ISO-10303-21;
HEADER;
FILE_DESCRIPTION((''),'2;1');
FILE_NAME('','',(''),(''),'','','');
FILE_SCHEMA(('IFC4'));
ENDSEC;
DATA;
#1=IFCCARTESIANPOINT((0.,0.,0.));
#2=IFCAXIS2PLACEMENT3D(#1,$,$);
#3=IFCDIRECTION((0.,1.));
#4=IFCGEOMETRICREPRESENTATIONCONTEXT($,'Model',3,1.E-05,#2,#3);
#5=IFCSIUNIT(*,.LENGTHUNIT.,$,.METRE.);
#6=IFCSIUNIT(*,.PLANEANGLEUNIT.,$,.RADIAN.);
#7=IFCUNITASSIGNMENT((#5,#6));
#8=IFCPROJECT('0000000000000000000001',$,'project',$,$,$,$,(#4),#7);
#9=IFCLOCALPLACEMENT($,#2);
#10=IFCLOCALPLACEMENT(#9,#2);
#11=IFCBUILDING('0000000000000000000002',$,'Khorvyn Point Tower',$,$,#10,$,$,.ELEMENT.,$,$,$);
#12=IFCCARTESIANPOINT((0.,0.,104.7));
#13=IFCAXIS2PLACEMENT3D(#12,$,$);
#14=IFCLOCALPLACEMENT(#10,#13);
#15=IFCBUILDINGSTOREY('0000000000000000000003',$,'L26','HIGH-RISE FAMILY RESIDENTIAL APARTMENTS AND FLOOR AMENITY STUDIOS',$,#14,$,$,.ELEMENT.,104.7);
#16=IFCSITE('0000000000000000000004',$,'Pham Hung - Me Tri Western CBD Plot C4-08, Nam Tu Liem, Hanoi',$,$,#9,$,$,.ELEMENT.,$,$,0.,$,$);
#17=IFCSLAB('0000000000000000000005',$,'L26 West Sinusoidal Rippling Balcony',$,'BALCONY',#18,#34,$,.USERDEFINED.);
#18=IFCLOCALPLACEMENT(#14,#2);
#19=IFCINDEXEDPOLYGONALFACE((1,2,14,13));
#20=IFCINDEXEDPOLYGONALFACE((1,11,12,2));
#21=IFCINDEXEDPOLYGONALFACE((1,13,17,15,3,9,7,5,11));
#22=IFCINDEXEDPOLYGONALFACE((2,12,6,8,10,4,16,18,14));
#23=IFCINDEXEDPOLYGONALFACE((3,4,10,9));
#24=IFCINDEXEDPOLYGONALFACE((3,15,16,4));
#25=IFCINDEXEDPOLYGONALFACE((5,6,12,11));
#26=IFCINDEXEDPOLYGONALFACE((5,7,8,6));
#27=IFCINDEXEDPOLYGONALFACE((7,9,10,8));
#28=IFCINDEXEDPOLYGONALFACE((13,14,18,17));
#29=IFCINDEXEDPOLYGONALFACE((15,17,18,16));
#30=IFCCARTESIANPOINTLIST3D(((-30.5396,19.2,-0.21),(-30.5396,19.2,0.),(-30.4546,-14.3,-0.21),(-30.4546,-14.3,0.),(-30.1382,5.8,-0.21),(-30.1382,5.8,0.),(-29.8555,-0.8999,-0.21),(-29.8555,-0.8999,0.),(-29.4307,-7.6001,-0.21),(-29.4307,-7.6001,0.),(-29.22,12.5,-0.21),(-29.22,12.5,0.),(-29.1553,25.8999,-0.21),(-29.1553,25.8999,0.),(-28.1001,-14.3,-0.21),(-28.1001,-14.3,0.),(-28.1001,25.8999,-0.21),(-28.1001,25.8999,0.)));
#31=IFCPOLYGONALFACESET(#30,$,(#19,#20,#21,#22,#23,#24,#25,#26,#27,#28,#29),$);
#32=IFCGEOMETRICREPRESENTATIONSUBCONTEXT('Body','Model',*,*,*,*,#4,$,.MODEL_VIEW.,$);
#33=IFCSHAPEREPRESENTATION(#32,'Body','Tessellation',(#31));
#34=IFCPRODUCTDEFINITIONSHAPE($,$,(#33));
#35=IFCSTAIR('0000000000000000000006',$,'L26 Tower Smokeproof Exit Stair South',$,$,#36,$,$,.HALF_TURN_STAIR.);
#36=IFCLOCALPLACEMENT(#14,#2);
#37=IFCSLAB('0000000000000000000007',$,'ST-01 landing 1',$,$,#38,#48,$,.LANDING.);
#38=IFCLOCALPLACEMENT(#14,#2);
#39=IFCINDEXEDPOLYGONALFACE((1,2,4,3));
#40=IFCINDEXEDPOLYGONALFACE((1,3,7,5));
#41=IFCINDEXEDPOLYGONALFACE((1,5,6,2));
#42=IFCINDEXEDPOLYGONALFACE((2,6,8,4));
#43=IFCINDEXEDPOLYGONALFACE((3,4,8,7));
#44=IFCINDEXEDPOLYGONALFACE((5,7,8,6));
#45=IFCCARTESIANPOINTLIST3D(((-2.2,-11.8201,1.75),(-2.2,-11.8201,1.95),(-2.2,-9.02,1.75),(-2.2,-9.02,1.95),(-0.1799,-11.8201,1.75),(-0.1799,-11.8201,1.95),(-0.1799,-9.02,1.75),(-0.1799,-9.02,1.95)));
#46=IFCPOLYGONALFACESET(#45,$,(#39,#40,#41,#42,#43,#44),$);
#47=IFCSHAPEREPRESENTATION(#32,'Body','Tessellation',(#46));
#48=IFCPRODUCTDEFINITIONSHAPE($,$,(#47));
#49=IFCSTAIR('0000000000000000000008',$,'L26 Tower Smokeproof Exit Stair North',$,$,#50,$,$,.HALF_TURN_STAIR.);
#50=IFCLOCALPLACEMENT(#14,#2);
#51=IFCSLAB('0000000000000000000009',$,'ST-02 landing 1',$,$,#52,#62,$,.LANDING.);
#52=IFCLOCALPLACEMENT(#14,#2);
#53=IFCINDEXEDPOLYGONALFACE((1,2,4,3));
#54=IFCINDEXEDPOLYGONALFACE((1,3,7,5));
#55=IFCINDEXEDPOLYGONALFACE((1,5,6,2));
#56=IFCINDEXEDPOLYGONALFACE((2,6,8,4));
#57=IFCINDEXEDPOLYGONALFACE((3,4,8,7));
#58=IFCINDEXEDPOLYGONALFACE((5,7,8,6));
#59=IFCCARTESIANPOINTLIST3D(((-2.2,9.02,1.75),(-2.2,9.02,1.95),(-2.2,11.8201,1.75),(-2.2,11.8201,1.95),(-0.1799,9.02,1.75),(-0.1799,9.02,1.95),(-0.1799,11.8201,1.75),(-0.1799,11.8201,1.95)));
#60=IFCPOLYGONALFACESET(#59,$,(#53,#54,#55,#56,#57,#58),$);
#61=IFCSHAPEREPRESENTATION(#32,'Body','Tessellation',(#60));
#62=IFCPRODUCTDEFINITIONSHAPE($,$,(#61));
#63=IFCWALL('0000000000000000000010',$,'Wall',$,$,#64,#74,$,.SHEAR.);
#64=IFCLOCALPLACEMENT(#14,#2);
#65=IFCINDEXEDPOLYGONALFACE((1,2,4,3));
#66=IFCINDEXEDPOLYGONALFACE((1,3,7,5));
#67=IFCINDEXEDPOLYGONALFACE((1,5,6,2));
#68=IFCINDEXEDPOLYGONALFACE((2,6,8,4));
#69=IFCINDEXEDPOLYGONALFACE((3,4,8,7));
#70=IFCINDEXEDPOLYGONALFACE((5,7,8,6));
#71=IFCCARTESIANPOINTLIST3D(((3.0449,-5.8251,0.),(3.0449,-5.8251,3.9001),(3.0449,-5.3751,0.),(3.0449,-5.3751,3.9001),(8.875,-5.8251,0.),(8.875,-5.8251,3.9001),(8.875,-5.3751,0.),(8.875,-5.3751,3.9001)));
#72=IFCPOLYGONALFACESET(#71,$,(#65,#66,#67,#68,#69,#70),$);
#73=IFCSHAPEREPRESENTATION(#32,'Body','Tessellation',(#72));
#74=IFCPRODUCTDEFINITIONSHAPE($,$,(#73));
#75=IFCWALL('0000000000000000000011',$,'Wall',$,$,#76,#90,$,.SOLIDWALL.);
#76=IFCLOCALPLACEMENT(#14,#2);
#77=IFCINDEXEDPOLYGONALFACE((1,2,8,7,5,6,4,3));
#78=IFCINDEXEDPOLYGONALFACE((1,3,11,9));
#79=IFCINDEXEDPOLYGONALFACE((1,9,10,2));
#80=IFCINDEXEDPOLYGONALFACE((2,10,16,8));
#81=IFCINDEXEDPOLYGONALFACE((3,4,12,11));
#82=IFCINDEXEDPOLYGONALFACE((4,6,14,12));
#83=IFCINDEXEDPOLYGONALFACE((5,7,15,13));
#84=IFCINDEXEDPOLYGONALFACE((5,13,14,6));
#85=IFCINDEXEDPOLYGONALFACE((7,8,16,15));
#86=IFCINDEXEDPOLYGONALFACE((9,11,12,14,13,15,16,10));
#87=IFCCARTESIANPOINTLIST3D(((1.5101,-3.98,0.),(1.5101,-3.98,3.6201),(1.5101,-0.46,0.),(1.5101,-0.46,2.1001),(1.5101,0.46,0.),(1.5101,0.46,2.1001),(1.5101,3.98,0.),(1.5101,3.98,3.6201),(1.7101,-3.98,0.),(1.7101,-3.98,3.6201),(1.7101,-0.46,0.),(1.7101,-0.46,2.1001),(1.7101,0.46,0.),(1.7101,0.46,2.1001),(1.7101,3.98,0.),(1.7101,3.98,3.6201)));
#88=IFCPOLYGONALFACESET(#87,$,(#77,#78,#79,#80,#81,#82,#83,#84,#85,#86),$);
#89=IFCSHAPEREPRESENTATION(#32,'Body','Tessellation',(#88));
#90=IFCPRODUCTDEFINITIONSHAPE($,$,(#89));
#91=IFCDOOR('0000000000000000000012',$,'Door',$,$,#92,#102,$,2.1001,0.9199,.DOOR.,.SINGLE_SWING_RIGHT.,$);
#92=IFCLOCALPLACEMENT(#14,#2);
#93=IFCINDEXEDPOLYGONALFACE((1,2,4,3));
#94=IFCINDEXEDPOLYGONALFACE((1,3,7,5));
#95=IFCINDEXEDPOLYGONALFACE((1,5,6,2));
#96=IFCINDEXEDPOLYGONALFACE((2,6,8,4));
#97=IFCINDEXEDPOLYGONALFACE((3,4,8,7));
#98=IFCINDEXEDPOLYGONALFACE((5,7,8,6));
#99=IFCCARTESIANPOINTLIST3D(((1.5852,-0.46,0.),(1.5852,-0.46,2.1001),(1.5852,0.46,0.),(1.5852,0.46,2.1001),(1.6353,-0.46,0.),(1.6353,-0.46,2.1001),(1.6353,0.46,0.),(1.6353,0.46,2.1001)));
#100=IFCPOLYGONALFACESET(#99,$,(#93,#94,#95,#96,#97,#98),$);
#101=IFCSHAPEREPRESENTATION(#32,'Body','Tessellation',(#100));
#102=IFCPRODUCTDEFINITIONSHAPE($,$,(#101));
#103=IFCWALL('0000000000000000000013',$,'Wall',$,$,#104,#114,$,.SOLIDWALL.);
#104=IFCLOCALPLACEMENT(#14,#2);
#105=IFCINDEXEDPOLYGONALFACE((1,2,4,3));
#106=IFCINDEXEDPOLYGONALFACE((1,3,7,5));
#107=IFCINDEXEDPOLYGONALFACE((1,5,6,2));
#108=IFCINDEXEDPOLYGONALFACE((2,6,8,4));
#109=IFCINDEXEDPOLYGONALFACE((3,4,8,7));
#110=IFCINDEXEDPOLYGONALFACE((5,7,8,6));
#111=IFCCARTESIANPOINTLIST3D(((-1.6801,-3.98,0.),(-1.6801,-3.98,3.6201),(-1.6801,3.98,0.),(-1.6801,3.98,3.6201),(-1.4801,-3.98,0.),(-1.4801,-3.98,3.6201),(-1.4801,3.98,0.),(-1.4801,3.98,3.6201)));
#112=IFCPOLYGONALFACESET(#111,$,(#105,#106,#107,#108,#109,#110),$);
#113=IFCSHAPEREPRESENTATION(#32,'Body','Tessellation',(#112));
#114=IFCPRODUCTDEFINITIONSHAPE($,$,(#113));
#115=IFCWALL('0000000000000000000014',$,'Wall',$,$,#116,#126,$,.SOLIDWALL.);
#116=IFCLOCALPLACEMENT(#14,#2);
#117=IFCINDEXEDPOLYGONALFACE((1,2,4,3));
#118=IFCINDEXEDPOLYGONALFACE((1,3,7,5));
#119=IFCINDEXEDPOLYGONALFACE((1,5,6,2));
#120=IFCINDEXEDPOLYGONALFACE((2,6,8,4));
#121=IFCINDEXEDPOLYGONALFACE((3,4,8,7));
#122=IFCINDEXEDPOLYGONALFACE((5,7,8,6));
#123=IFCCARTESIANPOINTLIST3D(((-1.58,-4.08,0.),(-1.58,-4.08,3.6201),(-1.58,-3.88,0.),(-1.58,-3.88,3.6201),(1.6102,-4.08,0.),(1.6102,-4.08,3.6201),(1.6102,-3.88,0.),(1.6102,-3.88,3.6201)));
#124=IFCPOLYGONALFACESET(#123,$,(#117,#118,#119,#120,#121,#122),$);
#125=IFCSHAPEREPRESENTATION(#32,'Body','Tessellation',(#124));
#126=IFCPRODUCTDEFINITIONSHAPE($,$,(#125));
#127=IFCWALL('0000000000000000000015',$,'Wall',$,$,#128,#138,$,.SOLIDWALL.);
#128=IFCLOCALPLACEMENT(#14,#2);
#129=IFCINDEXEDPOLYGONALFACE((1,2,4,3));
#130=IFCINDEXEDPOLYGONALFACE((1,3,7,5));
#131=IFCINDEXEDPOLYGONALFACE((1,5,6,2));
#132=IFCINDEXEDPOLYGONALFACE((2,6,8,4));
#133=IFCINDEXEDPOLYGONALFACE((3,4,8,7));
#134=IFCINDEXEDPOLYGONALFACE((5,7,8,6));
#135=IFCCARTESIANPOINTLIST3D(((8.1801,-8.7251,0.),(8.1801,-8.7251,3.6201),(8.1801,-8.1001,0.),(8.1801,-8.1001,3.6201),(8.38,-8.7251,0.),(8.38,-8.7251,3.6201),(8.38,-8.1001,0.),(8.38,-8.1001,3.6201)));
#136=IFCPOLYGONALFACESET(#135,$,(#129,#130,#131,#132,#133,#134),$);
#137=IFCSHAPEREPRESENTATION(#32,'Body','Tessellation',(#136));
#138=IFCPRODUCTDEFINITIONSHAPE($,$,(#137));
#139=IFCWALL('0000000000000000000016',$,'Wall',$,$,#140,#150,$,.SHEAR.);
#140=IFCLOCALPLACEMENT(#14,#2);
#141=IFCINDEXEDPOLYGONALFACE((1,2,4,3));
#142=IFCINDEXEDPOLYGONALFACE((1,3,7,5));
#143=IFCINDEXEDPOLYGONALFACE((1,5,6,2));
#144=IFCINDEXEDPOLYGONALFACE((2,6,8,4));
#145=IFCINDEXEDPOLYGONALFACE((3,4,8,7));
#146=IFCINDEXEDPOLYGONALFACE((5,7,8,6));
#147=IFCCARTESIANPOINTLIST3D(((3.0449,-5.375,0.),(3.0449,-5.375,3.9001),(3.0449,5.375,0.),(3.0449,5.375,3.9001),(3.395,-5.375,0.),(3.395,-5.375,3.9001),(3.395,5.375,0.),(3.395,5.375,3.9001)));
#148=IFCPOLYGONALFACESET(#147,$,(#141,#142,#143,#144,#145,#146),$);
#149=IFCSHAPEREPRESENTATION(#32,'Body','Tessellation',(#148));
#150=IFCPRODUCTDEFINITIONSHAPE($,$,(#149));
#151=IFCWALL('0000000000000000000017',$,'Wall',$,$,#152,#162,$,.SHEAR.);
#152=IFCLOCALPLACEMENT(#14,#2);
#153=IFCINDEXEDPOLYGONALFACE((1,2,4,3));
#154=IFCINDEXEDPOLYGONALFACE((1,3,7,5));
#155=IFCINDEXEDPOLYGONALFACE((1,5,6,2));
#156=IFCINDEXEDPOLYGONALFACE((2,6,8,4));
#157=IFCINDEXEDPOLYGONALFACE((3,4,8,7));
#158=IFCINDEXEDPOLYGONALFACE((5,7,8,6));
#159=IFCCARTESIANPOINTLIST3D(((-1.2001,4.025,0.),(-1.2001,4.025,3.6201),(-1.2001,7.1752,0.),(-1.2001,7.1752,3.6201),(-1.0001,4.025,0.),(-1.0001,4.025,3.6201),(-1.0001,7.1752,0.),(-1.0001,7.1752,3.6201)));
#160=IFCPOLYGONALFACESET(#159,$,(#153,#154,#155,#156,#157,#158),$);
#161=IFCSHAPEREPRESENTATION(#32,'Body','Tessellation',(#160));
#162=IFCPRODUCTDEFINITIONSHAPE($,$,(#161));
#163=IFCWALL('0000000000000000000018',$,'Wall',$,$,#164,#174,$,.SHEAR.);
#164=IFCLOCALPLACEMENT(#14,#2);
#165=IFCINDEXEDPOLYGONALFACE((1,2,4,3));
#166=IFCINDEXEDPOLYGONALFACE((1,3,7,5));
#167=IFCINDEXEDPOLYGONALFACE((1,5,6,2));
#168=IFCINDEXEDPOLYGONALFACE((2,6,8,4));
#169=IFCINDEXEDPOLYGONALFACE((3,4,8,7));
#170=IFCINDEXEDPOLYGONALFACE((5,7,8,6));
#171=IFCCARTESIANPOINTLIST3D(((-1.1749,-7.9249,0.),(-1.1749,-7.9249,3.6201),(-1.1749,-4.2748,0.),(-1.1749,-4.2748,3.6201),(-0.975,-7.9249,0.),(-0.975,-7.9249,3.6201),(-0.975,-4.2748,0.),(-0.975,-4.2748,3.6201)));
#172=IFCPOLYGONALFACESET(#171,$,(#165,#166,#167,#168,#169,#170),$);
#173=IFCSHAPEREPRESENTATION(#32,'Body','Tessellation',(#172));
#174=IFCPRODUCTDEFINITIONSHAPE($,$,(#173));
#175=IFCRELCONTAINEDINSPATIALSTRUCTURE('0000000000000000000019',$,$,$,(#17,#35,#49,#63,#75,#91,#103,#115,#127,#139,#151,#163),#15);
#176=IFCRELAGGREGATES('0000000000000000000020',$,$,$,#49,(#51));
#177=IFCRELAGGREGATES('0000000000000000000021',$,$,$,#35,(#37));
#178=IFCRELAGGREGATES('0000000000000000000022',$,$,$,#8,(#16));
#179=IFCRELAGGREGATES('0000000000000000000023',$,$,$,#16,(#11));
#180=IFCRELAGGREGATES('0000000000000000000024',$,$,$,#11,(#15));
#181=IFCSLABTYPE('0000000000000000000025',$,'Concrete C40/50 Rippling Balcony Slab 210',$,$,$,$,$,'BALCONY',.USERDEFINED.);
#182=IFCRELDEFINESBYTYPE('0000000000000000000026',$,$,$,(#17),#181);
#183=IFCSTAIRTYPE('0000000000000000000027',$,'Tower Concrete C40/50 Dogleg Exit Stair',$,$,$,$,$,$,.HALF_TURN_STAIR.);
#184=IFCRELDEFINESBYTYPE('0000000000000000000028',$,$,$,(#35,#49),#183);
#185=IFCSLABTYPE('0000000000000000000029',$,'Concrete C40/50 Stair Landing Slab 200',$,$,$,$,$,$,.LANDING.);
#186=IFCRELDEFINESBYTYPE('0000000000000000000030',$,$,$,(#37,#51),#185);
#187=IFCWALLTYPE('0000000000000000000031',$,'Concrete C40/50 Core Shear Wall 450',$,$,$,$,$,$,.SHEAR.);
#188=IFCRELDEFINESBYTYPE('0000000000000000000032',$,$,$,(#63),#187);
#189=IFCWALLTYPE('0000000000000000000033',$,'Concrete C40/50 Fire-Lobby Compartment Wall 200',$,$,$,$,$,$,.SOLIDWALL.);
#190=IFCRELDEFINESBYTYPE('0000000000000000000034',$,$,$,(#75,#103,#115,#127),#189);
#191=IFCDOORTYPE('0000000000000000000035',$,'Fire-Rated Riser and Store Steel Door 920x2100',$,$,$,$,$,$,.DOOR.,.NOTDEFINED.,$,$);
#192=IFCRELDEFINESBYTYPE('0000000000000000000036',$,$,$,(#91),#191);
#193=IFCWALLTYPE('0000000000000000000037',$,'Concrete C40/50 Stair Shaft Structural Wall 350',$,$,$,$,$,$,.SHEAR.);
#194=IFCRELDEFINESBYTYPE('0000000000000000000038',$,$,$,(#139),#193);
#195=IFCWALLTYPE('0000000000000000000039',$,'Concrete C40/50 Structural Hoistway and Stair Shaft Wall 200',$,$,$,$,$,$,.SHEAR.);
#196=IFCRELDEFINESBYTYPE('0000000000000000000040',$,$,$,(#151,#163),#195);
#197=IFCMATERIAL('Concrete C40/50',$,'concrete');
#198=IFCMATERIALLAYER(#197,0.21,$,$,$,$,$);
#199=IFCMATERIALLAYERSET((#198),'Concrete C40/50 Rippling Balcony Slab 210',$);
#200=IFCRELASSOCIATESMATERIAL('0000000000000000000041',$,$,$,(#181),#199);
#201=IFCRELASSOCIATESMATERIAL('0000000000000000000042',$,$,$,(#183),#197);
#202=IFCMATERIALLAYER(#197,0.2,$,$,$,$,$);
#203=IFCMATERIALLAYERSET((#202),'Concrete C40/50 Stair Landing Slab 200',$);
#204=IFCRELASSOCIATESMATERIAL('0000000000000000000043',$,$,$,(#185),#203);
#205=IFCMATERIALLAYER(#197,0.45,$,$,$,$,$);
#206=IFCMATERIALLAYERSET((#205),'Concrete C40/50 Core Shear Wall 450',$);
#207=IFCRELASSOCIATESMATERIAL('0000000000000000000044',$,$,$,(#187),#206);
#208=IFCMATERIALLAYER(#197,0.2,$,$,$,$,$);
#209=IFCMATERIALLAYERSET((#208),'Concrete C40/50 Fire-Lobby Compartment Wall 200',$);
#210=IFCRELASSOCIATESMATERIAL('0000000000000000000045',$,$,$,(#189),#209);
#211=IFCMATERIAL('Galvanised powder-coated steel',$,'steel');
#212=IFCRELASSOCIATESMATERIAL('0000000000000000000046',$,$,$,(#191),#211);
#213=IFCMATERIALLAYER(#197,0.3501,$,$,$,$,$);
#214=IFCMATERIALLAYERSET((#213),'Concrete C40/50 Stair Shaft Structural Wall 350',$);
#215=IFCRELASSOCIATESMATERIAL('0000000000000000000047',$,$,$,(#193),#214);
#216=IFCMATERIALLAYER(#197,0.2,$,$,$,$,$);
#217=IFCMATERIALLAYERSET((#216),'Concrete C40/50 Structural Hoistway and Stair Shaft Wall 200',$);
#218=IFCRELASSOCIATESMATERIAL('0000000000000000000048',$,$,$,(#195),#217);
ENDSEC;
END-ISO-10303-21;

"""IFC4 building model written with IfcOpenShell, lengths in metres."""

from ifc_helpers import new_model, si_unit, direction, frame, frame_2d, origin, place, context, subcontext, project, spatial, polyline, rectangle, outline, extrude, material, layer, layer_set, type_object, element, fill, aggregate, save


model = new_model("IFC4")

# Units and contexts
model_context = context("Model", 3, precision=1e-05, world=origin(), true_north=direction((0.0, 1.0)))
body_context = subcontext(model_context, "Body", "Model", "MODEL_VIEW")
ifc_project = project(units=[si_unit("LENGTHUNIT", "METRE"), si_unit("PLANEANGLEUNIT", "RADIAN")], contexts=[model_context])

# Site, building, storey
site_placement = place(None, origin())
site = spatial("IfcSite", under=ifc_project, at=site_placement, Name="Pham Hung - Me Tri Western CBD Plot C4-08, Nam Tu Liem, Hanoi", CompositionType="ELEMENT", RefElevation=0.0)
building_placement = place(site_placement, origin())
building = spatial("IfcBuilding", under=site, at=building_placement, Name="Khorvyn Point Tower", CompositionType="ELEMENT")
storey_placement = place(building_placement, frame((0.0, 0.0, 104.7)))
storey = spatial("IfcBuildingStorey", under=building, at=storey_placement, Name="L26", Description="HIGH-RISE FAMILY RESIDENTIAL APARTMENTS AND FLOOR AMENITY STUDIOS", CompositionType="ELEMENT", Elevation=104.7)

# Shared definitions
ifc_material_1 = material(Name="Concrete C40/50", Category="concrete")

# Slab
ifc_layer_1 = layer(ifc_material_1, 0.21)
ifc_layer_set_1 = layer_set([ifc_layer_1], Name="Concrete C40/50 Rippling Balcony Slab 210")
slab_type_1 = type_object("IfcSlabType", Name="Concrete C40/50 Rippling Balcony Slab 210", ElementType="BALCONY", PredefinedType="USERDEFINED", material=ifc_layer_set_1)
slab_1_placement = place(storey_placement, frame((0.0, 0.0, -0.21)))
element("IfcSlab", 1, at=slab_1_placement, inside=storey, type_object=slab_type_1, Name="L26 West Sinusoidal Rippling Balcony", ObjectType="BALCONY", PredefinedType="USERDEFINED", context=body_context, shape_type="SweptSolid", body=[
    extrude(outline(polyline([(-28.1001, 25.8999), (-29.1553, 25.8999), (-30.5396, 19.2), (-29.22, 12.5), (-30.1382, 5.8), (-29.8555, -0.8999), (-29.4307, -7.6001), (-30.4546, -14.3), (-28.1001, -14.3), (-28.1001, 25.8999)])), origin(), (0.0, 0.0, 1.0), 0.21),
])

# Stairs, slabs
stair_type = type_object("IfcStairType", Name="Tower Concrete C40/50 Dogleg Exit Stair", PredefinedType="HALF_TURN_STAIR", material=ifc_material_1)
stair_1_placement = place(storey_placement, origin())
stair_1 = element("IfcStair", 2, at=stair_1_placement, inside=storey, type_object=stair_type, Name="L26 Tower Smokeproof Exit Stair South", PredefinedType="HALF_TURN_STAIR")
ifc_layer_2 = layer(ifc_material_1, 0.2)
ifc_layer_set_2 = layer_set([ifc_layer_2], Name="Concrete C40/50 Stair Landing Slab 200")
slab_type_2 = type_object("IfcSlabType", Name="Concrete C40/50 Stair Landing Slab 200", PredefinedType="LANDING", material=ifc_layer_set_2)
slab_2_placement = place(storey_placement, frame((0.0, 0.0, 1.75)))
slab_2 = element("IfcSlab", 3, at=slab_2_placement, type_object=slab_type_2, Name="ST-01 landing 1", PredefinedType="LANDING", context=body_context, shape_type="SweptSolid", body=[
    extrude(outline(polyline([(-0.1799, -9.02), (-2.2, -9.02), (-2.2, -11.8201), (-0.1799, -11.8201), (-0.1799, -9.02)])), origin(), (0.0, 0.0, 1.0), 0.2),
])
stair_2_placement = place(storey_placement, origin())
stair_2 = element("IfcStair", 4, at=stair_2_placement, inside=storey, type_object=stair_type, Name="L26 Tower Smokeproof Exit Stair North", PredefinedType="HALF_TURN_STAIR")
slab_3_placement = place(storey_placement, frame((0.0, 0.0, 1.75)))
slab_3 = element("IfcSlab", 5, at=slab_3_placement, type_object=slab_type_2, Name="ST-02 landing 1", PredefinedType="LANDING", context=body_context, shape_type="SweptSolid", body=[
    extrude(outline(polyline([(-0.1799, 11.8201), (-2.2, 11.8201), (-2.2, 9.02), (-0.1799, 9.02), (-0.1799, 11.8201)])), origin(), (0.0, 0.0, 1.0), 0.2),
])
aggregate(stair_2, [slab_3])

# Wall
ifc_layer_3 = layer(ifc_material_1, 0.45)
ifc_layer_set_3 = layer_set([ifc_layer_3], Name="Concrete C40/50 Core Shear Wall 450")
wall_type_1 = type_object("IfcWallType", Name="Concrete C40/50 Core Shear Wall 450", PredefinedType="SHEAR", material=ifc_layer_set_3)
wall_1_placement = place(storey_placement, frame((3.0449, -5.6001, 0.0), z_axis=(0.0, 0.0, 1.0), x_axis=(1.0, 0.0, 0.0)))
element("IfcWall", 6, at=wall_1_placement, inside=storey, type_object=wall_type_1, Name="Wall", PredefinedType="SHEAR", context=body_context, shape_type="SweptSolid", body=[
    extrude(rectangle(XDim=5.8301, YDim=0.45, at=frame_2d((2.915, 0.0))), origin(), (0.0, 0.0, 1.0), 3.9001),
])

# Wall, opening, door
ifc_layer_4 = layer(ifc_material_1, 0.2)
ifc_layer_set_4 = layer_set([ifc_layer_4], Name="Concrete C40/50 Fire-Lobby Compartment Wall 200")
wall_type_2 = type_object("IfcWallType", Name="Concrete C40/50 Fire-Lobby Compartment Wall 200", PredefinedType="SOLIDWALL", material=ifc_layer_set_4)
ifc_material_2 = material(Name="Galvanised powder-coated steel", Category="steel")
wall_2_placement = place(storey_placement, frame((1.6101, -3.98, 0.0), z_axis=(0.0, 0.0, 1.0), x_axis=(0.0, 1.0, 0.0)))
wall_2 = element("IfcWall", 7, at=wall_2_placement, inside=storey, type_object=wall_type_2, Name="Wall", PredefinedType="SOLIDWALL", context=body_context, shape_type="SweptSolid", body=[
    extrude(rectangle(XDim=7.96, YDim=0.2, at=frame_2d((3.98, 0.0))), origin(), (0.0, 0.0, 1.0), 3.6201),
])
opening_1_placement = place(wall_2_placement, frame((3.52, 0.0, 0.0)))
opening_1 = element("IfcOpeningElement", 8, at=opening_1_placement, cuts=wall_2, PredefinedType="OPENING", context=body_context, shape_type="SweptSolid", body=[
    extrude(rectangle(XDim=0.9199, YDim=2.1001, at=frame_2d((0.46, 1.05))), frame((0.0, 0.1099, 0.0), z_axis=(0.0, -1.0, 0.0), x_axis=(1.0, 0.0, 0.0)), (0.0, 0.0, 1.0), 0.22),
])
door_type_1 = type_object("IfcDoorType", Name="Fire-Rated Riser and Store Steel Door 920x2100", OperationType="NOTDEFINED", PredefinedType="DOOR", material=ifc_material_2)
door_1_placement = place(opening_1_placement, origin())
door_1 = element("IfcDoor", 9, at=door_1_placement, inside=storey, type_object=door_type_1, Name="Door", OperationType="SINGLE_SWING_RIGHT", OverallHeight=2.1001, OverallWidth=0.9199, PredefinedType="DOOR", context=body_context, shape_type="SweptSolid", body=[
    extrude(rectangle(XDim=0.9199, YDim=2.1001, at=frame_2d((0.46, 1.05))), frame((0.0, 0.0249, 0.0), z_axis=(0.0, -1.0, 0.0), x_axis=(1.0, 0.0, 0.0)), (0.0, 0.0, 1.0), 0.05),
])
fill(opening_1, door_1)

# Walls
wall_3_placement = place(storey_placement, frame((-1.5801, -3.98, 0.0), z_axis=(0.0, 0.0, 1.0), x_axis=(0.0, 1.0, 0.0)))
element("IfcWall", 10, at=wall_3_placement, inside=storey, type_object=wall_type_2, Name="Wall", PredefinedType="SOLIDWALL", context=body_context, shape_type="SweptSolid", body=[
    extrude(rectangle(XDim=7.96, YDim=0.2, at=frame_2d((3.98, 0.0))), origin(), (0.0, 0.0, 1.0), 3.6201),
])
wall_4_placement = place(storey_placement, frame((-1.5801, -3.98, 0.0), z_axis=(0.0, 0.0, 1.0), x_axis=(1.0, 0.0, 0.0)))
element("IfcWall", 11, at=wall_4_placement, inside=storey, type_object=wall_type_2, Name="Wall", PredefinedType="SOLIDWALL", context=body_context, shape_type="SweptSolid", body=[
    extrude(rectangle(XDim=3.1902, YDim=0.2, at=frame_2d((1.5952, 0.0))), origin(), (0.0, 0.0, 1.0), 3.6201),
])
wall_5_placement = place(storey_placement, frame((8.28, -8.7251, 0.0), z_axis=(0.0, 0.0, 1.0), x_axis=(0.0, 1.0, 0.0)))
element("IfcWall", 12, at=wall_5_placement, inside=storey, type_object=wall_type_2, Name="Wall", PredefinedType="SOLIDWALL", context=body_context, shape_type="SweptSolid", body=[
    extrude(rectangle(XDim=0.625, YDim=0.2, at=frame_2d((0.3125, 0.0))), origin(), (0.0, 0.0, 1.0), 3.6201),
])
ifc_layer_5 = layer(ifc_material_1, 0.3501)
ifc_layer_set_5 = layer_set([ifc_layer_5], Name="Concrete C40/50 Stair Shaft Structural Wall 350")
wall_type_3 = type_object("IfcWallType", Name="Concrete C40/50 Stair Shaft Structural Wall 350", PredefinedType="SHEAR", material=ifc_layer_set_5)
wall_6_placement = place(storey_placement, frame((3.22, -5.375, 0.0), z_axis=(0.0, 0.0, 1.0), x_axis=(0.0, 1.0, 0.0)))
element("IfcWall", 13, at=wall_6_placement, inside=storey, type_object=wall_type_3, Name="Wall", PredefinedType="SHEAR", context=body_context, shape_type="SweptSolid", body=[
    extrude(rectangle(XDim=10.75, YDim=0.3501, at=frame_2d((5.375, 0.0))), origin(), (0.0, 0.0, 1.0), 3.9001),
])

# Walls
ifc_layer_6 = layer(ifc_material_1, 0.2)
ifc_layer_set_6 = layer_set([ifc_layer_6], Name="Concrete C40/50 Structural Hoistway and Stair Shaft Wall 200")
wall_type_4 = type_object("IfcWallType", Name="Concrete C40/50 Structural Hoistway and Stair Shaft Wall 200", PredefinedType="SHEAR", material=ifc_layer_set_6)
wall_7_placement = place(storey_placement, frame((-1.1001, 4.0249, 0.0), z_axis=(0.0, 0.0, 1.0), x_axis=(0.0, 1.0, 0.0)))
element("IfcWall", 14, at=wall_7_placement, inside=storey, type_object=wall_type_4, Name="Wall", PredefinedType="SHEAR", context=body_context, shape_type="SweptSolid", body=[
    extrude(rectangle(XDim=3.1501, YDim=0.2, at=frame_2d((1.5752, 0.0))), origin(), (0.0, 0.0, 1.0), 3.6201),
])
wall_8_placement = place(storey_placement, frame((-1.075, -7.925, 0.0), z_axis=(0.0, 0.0, 1.0), x_axis=(0.0, 1.0, 0.0)))
element("IfcWall", 15, at=wall_8_placement, inside=storey, type_object=wall_type_4, Name="Wall", PredefinedType="SHEAR", context=body_context, shape_type="SweptSolid", body=[
    extrude(rectangle(XDim=3.6501, YDim=0.2, at=frame_2d((1.8252, 0.0))), origin(), (0.0, 0.0, 1.0), 3.6201),
])

aggregate(stair_1, [slab_2])

save(model, "model.ifc")
